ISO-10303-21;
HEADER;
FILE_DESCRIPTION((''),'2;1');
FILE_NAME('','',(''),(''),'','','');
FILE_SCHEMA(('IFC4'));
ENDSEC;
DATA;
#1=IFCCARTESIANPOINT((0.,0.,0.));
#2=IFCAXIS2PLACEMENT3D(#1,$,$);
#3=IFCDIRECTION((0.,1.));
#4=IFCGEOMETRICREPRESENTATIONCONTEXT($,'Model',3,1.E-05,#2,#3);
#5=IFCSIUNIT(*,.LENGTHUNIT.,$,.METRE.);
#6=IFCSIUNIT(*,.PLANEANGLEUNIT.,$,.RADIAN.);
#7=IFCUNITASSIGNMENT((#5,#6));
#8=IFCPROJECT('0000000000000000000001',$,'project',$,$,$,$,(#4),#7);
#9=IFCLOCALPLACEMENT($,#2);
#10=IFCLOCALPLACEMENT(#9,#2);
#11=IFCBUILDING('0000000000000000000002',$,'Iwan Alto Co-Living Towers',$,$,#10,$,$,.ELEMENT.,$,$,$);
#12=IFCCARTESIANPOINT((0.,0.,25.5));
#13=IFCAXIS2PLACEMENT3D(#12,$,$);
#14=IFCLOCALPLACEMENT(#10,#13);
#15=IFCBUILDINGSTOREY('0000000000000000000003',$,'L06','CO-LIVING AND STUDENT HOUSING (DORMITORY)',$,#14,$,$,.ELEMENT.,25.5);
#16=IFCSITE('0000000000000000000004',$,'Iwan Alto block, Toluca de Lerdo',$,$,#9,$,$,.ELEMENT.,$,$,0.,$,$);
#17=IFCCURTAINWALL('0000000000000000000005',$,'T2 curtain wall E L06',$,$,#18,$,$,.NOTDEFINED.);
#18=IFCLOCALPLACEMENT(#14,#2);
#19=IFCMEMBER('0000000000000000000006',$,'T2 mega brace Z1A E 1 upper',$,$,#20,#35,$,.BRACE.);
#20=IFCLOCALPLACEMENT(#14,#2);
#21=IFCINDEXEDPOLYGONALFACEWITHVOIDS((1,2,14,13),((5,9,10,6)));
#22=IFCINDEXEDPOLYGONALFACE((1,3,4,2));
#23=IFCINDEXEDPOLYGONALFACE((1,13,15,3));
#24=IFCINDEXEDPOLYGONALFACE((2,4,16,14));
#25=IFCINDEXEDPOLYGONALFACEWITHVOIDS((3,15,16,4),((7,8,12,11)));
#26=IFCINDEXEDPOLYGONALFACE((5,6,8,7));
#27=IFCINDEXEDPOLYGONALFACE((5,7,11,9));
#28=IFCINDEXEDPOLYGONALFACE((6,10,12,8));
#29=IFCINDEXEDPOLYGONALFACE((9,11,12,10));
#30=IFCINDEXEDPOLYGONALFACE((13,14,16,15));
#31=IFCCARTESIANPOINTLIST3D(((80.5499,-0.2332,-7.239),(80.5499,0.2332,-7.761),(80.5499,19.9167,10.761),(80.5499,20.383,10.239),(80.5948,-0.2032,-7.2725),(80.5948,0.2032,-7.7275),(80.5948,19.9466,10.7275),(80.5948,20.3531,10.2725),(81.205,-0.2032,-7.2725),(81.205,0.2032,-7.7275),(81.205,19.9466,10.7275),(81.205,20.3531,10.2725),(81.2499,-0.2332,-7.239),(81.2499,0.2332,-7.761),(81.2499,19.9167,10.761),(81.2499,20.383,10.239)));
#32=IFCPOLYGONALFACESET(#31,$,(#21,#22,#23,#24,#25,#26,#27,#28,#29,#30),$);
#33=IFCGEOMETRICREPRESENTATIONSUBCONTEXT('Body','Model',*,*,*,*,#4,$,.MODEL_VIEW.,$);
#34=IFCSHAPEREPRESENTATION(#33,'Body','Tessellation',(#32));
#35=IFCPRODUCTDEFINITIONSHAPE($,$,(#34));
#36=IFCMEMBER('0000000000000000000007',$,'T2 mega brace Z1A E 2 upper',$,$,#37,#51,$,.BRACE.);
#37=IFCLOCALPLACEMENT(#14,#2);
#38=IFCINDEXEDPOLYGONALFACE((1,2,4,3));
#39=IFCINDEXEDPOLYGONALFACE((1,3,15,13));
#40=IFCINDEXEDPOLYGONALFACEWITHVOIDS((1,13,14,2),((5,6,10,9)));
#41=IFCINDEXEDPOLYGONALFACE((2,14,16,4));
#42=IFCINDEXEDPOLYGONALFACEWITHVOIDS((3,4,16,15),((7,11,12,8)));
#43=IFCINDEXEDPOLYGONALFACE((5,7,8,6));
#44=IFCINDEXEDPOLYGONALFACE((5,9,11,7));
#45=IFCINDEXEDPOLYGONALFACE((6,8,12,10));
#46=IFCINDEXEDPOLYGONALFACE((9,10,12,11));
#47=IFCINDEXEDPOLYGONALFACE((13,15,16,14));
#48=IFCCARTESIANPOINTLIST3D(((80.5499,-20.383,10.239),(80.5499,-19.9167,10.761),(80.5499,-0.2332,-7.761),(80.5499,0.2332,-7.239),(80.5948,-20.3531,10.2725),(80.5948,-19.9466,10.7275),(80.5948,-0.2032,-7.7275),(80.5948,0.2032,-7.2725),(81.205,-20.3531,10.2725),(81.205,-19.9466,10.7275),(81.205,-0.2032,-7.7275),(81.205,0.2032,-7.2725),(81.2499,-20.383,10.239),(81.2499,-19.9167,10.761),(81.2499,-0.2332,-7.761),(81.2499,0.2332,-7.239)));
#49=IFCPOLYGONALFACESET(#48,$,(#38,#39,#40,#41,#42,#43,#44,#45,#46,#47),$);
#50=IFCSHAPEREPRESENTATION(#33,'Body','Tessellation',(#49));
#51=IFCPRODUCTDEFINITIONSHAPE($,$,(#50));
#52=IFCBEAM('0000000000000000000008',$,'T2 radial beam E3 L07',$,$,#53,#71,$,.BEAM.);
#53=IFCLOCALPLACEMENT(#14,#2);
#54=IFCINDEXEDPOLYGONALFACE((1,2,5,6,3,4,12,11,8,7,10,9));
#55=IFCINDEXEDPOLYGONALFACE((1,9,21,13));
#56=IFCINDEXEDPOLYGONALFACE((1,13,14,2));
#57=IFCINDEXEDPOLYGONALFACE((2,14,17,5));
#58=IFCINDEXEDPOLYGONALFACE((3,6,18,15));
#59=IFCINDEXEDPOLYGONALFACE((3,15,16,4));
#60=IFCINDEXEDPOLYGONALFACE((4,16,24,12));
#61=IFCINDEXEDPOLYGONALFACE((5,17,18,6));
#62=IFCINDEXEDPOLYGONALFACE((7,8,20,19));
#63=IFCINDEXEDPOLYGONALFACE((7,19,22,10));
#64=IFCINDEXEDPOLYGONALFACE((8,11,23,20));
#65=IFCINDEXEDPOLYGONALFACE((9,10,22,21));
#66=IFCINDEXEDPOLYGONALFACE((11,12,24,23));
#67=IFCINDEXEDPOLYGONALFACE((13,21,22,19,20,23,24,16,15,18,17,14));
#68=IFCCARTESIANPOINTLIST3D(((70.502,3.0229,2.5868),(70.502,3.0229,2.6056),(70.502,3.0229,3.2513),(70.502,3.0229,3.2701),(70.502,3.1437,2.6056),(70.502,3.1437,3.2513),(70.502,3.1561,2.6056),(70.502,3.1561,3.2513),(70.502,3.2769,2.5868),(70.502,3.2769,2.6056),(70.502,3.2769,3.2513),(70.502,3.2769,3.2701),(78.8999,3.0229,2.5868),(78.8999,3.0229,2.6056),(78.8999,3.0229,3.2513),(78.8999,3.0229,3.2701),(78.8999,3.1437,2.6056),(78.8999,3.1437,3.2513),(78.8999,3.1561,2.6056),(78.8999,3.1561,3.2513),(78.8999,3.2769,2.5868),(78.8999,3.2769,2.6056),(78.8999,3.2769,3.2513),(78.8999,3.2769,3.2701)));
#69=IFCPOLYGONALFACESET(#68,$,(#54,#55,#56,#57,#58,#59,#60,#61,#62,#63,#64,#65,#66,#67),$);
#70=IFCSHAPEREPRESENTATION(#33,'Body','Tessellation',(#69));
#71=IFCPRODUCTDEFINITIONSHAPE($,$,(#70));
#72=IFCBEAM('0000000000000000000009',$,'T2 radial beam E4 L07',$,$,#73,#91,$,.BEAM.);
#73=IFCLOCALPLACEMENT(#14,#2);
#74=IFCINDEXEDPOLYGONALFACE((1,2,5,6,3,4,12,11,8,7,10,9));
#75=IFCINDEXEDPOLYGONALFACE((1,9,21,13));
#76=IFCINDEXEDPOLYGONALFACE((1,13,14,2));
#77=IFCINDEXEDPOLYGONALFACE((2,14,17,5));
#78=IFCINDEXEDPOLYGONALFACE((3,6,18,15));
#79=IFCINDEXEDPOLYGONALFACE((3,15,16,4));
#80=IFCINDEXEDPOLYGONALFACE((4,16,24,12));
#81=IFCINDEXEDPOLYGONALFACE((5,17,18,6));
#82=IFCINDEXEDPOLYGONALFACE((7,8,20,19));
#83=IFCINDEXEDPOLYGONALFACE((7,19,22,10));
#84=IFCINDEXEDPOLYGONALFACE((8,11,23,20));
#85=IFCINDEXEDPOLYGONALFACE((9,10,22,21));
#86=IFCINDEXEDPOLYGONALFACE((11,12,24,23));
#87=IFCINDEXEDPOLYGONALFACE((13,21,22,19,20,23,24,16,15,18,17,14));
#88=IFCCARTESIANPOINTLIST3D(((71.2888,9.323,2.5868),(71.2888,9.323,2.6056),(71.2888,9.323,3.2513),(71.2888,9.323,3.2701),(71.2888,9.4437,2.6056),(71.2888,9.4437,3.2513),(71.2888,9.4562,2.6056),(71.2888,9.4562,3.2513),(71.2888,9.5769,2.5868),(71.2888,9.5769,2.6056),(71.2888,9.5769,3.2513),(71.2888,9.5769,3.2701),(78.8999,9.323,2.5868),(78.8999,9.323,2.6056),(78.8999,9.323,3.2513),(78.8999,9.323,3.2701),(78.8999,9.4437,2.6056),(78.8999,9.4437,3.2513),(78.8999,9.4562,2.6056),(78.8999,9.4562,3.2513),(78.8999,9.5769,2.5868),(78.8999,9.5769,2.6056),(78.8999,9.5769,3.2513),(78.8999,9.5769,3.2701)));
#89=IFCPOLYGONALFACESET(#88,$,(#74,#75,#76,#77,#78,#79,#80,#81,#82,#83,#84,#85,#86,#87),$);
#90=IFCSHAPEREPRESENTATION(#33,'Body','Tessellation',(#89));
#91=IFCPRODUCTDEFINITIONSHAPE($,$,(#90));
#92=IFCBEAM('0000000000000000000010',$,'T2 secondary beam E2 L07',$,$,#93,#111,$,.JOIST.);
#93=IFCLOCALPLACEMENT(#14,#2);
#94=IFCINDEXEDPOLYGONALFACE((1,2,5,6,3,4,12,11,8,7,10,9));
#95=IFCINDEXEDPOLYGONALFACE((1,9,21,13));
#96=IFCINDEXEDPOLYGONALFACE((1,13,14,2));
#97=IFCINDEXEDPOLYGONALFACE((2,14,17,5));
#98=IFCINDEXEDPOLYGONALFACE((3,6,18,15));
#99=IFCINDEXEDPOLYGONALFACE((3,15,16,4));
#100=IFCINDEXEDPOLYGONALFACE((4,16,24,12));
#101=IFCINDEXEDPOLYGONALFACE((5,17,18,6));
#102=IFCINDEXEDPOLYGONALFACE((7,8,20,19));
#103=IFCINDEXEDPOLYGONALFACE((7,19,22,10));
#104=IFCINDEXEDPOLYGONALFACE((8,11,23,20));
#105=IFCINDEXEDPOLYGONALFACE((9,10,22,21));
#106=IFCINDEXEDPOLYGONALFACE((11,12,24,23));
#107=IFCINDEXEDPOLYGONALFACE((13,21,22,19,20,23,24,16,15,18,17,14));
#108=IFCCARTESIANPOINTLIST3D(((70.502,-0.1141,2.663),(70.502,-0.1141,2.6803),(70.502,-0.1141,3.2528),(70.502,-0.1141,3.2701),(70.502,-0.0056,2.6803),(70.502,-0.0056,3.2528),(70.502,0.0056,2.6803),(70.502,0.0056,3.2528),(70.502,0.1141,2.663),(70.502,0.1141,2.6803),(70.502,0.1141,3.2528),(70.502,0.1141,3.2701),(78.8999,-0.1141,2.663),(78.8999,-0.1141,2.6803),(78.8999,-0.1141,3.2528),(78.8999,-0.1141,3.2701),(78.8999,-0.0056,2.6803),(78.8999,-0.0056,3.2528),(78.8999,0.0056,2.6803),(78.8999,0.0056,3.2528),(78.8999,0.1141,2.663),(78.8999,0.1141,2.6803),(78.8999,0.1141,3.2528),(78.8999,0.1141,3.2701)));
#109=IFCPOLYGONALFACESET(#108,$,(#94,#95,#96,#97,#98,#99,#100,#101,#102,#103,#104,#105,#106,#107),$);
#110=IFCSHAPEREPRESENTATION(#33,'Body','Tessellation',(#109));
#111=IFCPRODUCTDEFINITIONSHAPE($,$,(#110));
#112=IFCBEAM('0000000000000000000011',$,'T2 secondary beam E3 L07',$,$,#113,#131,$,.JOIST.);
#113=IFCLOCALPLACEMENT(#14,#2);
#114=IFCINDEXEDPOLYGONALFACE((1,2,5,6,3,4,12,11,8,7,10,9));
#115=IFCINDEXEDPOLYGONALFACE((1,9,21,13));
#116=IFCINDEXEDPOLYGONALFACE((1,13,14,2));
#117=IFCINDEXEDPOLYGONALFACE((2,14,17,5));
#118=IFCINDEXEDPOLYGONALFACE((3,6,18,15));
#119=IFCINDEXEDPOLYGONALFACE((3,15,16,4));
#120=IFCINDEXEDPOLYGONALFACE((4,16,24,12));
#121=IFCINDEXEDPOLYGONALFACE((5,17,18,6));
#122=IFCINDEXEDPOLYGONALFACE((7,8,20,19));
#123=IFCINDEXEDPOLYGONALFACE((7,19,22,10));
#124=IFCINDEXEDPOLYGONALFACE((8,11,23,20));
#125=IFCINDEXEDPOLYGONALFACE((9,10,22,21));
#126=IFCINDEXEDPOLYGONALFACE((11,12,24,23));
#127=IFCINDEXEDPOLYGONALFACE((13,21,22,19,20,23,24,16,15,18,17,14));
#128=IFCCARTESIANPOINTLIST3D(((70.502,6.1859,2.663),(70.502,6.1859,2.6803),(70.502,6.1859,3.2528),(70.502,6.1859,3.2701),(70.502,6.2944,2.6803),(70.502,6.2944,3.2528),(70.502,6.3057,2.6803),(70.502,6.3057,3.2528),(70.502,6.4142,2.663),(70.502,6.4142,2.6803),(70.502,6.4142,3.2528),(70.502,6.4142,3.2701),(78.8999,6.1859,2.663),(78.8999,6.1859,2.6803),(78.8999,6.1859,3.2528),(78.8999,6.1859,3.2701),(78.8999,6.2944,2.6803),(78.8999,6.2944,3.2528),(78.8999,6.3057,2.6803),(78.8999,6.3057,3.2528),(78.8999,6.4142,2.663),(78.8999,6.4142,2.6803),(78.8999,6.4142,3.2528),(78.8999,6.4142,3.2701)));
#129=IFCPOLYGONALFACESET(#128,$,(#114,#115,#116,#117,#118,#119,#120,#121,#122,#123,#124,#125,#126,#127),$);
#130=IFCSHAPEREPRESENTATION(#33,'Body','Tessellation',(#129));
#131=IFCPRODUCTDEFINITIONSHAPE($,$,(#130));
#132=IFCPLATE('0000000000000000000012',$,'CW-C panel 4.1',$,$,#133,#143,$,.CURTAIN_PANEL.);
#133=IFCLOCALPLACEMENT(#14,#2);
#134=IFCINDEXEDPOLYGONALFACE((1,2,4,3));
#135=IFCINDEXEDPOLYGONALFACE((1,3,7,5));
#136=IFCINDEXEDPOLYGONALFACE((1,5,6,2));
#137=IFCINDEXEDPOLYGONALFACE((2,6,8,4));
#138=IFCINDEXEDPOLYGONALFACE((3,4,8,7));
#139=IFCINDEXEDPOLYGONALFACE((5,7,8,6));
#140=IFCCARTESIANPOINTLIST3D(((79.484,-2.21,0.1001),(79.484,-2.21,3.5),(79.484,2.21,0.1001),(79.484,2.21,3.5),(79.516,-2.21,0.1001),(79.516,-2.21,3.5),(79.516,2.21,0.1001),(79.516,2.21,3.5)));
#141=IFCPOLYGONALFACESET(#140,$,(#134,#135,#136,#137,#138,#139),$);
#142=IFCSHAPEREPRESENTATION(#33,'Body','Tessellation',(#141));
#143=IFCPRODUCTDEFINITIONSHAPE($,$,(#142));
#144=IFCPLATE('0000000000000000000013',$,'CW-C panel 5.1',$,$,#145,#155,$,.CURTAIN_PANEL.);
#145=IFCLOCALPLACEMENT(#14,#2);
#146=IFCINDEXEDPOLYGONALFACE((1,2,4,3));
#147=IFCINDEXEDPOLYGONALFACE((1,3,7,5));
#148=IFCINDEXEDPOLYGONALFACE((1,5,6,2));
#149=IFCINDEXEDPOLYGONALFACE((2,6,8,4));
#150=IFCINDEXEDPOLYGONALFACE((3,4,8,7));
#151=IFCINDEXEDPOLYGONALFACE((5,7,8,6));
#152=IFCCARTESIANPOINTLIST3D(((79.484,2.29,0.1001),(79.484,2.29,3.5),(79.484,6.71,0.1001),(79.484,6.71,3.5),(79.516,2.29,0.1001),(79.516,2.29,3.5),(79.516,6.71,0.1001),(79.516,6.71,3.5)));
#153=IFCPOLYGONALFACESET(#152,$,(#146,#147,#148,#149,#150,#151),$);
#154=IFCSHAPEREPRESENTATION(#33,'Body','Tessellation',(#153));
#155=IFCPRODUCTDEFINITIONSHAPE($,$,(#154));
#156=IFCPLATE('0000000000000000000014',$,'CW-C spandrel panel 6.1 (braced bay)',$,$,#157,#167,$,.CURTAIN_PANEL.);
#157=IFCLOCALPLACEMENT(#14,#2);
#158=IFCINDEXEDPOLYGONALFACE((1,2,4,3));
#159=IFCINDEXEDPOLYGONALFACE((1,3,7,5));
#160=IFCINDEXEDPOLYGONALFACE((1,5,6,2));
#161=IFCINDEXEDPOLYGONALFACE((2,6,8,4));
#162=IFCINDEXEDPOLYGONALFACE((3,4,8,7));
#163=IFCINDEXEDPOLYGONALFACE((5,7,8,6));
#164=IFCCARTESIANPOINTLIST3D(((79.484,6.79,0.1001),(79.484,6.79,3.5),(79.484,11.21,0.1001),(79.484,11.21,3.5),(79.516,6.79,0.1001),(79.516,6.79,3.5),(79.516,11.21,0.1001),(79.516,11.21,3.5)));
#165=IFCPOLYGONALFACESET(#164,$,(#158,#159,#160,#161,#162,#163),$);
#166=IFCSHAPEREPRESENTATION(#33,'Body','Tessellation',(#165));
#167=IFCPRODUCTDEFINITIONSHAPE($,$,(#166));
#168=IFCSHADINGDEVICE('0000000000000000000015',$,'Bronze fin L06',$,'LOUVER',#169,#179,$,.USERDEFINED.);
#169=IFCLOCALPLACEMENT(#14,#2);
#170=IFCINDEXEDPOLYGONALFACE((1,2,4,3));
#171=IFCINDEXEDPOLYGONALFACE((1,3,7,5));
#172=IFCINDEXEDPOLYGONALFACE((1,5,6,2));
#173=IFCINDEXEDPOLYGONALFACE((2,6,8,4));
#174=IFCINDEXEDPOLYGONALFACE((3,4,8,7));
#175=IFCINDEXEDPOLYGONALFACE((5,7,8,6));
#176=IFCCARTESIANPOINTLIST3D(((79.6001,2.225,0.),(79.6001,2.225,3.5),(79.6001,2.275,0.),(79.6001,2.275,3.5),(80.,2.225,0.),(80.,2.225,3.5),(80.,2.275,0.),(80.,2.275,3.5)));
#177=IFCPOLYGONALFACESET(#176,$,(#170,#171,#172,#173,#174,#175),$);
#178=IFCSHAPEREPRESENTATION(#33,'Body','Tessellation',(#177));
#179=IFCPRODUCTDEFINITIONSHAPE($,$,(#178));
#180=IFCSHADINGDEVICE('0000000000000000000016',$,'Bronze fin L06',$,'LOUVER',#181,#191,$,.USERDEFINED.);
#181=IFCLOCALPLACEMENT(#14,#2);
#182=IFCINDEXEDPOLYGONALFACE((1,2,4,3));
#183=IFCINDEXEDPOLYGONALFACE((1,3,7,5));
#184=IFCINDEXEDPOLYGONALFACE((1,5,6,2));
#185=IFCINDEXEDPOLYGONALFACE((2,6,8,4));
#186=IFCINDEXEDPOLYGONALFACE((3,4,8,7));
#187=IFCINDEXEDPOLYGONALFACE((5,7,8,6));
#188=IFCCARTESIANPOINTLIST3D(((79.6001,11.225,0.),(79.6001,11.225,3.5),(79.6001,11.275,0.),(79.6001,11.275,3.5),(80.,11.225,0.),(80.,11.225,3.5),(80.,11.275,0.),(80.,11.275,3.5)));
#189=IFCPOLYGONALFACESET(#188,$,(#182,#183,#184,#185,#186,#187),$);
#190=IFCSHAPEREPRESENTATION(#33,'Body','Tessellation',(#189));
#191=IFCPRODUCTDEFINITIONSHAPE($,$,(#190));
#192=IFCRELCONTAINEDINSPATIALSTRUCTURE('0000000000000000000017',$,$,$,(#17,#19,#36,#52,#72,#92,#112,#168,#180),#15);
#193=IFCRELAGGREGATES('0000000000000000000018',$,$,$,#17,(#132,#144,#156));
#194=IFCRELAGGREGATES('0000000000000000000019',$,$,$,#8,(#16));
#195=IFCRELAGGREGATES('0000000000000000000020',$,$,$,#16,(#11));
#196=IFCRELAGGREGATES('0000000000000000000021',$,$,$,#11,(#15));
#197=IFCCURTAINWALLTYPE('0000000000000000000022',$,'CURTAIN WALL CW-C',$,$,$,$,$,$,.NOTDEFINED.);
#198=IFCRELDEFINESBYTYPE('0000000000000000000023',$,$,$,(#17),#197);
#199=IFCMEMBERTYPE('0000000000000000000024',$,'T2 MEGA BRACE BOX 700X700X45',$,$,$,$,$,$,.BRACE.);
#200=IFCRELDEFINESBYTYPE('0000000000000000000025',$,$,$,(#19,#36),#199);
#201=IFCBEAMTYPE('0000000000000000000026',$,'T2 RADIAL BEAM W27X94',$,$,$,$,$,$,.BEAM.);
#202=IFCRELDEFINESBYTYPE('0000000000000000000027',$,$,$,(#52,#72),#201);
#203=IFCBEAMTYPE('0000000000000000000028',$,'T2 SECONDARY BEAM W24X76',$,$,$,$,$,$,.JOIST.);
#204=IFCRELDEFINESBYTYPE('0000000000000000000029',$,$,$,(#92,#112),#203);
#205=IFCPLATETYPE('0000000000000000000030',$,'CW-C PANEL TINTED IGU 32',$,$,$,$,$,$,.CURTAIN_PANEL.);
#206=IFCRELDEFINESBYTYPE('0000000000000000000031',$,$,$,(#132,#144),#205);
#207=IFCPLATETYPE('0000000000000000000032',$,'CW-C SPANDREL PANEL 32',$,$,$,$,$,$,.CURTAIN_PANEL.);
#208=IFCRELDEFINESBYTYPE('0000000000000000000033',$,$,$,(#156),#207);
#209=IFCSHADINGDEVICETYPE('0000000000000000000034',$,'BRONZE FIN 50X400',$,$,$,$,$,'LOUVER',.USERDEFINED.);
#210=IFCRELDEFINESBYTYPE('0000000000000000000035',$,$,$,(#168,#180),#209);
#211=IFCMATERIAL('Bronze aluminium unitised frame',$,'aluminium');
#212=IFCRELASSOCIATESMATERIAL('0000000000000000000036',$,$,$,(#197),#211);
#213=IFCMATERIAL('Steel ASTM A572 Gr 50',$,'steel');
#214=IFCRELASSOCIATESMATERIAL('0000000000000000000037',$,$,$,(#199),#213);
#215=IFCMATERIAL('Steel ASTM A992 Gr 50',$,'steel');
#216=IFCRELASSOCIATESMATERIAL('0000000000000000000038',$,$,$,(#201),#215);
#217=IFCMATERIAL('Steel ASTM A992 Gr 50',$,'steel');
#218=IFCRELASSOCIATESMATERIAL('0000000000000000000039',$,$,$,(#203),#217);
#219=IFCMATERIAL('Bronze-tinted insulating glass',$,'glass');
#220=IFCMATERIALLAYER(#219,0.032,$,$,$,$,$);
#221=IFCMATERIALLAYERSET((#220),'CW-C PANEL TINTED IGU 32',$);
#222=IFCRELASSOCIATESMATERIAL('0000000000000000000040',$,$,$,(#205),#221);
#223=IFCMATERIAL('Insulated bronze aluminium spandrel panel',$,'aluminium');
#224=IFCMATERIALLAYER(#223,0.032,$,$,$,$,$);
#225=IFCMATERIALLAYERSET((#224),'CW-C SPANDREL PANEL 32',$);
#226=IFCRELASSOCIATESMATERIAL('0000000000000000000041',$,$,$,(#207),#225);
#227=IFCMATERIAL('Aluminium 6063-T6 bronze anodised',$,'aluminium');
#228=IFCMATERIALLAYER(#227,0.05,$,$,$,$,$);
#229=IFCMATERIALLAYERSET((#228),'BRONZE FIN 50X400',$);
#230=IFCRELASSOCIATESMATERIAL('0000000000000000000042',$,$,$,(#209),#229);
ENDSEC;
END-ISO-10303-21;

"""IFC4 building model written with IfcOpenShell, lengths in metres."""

from ifc_helpers import new_model, si_unit, direction, frame, origin, origin_2d, place, context, subcontext, project, spatial, rectangle, hollow_rectangle, i_section, extrude, material, layer, layer_set, material_profile, profile_set, type_object, element, aggregate, save


model = new_model("IFC4")

# Units and contexts
model_context = context("Model", 3, precision=1e-05, world=origin(), true_north=direction((0.0, 1.0)))
body_context = subcontext(model_context, "Body", "Model", "MODEL_VIEW")
ifc_project = project(units=[si_unit("LENGTHUNIT", "METRE"), si_unit("PLANEANGLEUNIT", "RADIAN")], contexts=[model_context])

# Site, building, storey
site_placement = place(None, origin())
site = spatial("IfcSite", under=ifc_project, at=site_placement, Name="Iwan Alto block, Toluca de Lerdo", CompositionType="ELEMENT", RefElevation=0.0)
building_placement = place(site_placement, origin())
building = spatial("IfcBuilding", under=site, at=building_placement, Name="Iwan Alto Co-Living Towers", CompositionType="ELEMENT")
storey_placement = place(building_placement, frame((0.0, 0.0, 25.5)))
storey = spatial("IfcBuildingStorey", under=building, at=storey_placement, Name="L06", Description="CO-LIVING AND STUDENT HOUSING (DORMITORY)", CompositionType="ELEMENT", Elevation=25.5)

# Curtain wall
ifc_material_1 = material(Name="Bronze aluminium unitised frame", Category="aluminium")
curtain_wall_type = type_object("IfcCurtainWallType", Name="CURTAIN WALL CW-C", PredefinedType="NOTDEFINED", material=ifc_material_1)
curtain_wall_placement = place(storey_placement, origin())
curtain_wall = element("IfcCurtainWall", 1, at=curtain_wall_placement, inside=storey, type_object=curtain_wall_type, Name="T2 curtain wall E L06", PredefinedType="NOTDEFINED")

# Members
ifc_material_2 = material(Name="Steel ASTM A572 Gr 50", Category="steel")
ifc_material_profile_1 = material_profile(ifc_material_2, hollow_rectangle(XDim=0.7, YDim=0.7, WallThickness=0.0449, at=origin_2d()), Name="BOX 700X700X45")
ifc_profile_set_1 = profile_set([ifc_material_profile_1], Name="Steel ASTM A572 Gr 50")
member_type_1 = type_object("IfcMemberType", Name="T2 MEGA BRACE BOX 700X700X45", PredefinedType="BRACE", material=ifc_profile_set_1)
for number, where, z_axis, x_axis, name in (
    (2, (80.8999, 0.0, -7.5), (0.0, 0.745772, 0.666201), (-1.0, 0.0, 0.0), "T2 mega brace Z1A E 1 upper"),
    (3, (80.8999, 0.0, -7.5), (0.0, -0.745772, 0.666201), (1.0, 0.0, 0.0), "T2 mega brace Z1A E 2 upper"),
):
    element("IfcMember", number, at=place(storey_placement, frame(where, z_axis=z_axis, x_axis=x_axis)), inside=storey, type_object=member_type_1, Name=name, PredefinedType="BRACE", context=body_context, shape_type="SweptSolid", body=[
        extrude(hollow_rectangle(XDim=0.7, YDim=0.7, WallThickness=0.0449, at=origin_2d()), origin(), (0.0, 0.0, 1.0), 27.0188),
    ])

# Beams
ifc_material_3 = material(Name="Steel ASTM A992 Gr 50", Category="steel")
ifc_material_profile_2 = material_profile(ifc_material_3, i_section(OverallWidth=0.2539, OverallDepth=0.6833, WebThickness=0.0125, FlangeThickness=0.0188, at=origin_2d()), Name="W27X94")
ifc_profile_set_2 = profile_set([ifc_material_profile_2], Name="Steel ASTM A992 Gr 50")
beam_type_1 = type_object("IfcBeamType", Name="T2 RADIAL BEAM W27X94", PredefinedType="BEAM", material=ifc_profile_set_2)
beam_1_placement = place(storey_placement, frame((78.8999, 3.1499, 2.9285), z_axis=(-1.0, 0.0, 0.0), x_axis=(0.0, -1.0, 0.0)))
element("IfcBeam", 4, at=beam_1_placement, inside=storey, type_object=beam_type_1, Name="T2 radial beam E3 L07", PredefinedType="BEAM", context=body_context, shape_type="SweptSolid", body=[
    extrude(i_section(OverallWidth=0.2539, OverallDepth=0.6833, WebThickness=0.0125, FlangeThickness=0.0188, at=origin_2d()), origin(), (0.0, 0.0, 1.0), 8.3979),
])
beam_2_placement = place(storey_placement, frame((78.8999, 9.45, 2.9285), z_axis=(-1.0, 0.0, 0.0), x_axis=(0.0, -1.0, 0.0)))
element("IfcBeam", 5, at=beam_2_placement, inside=storey, type_object=beam_type_1, Name="T2 radial beam E4 L07", PredefinedType="BEAM", context=body_context, shape_type="SweptSolid", body=[
    extrude(i_section(OverallWidth=0.2539, OverallDepth=0.6833, WebThickness=0.0125, FlangeThickness=0.0188, at=origin_2d()), origin(), (0.0, 0.0, 1.0), 7.6111),
])
ifc_material_4 = material(Name="Steel ASTM A992 Gr 50", Category="steel")
ifc_material_profile_3 = material_profile(ifc_material_4, i_section(OverallWidth=0.2283, OverallDepth=0.6072, WebThickness=0.0112, FlangeThickness=0.0173, at=origin_2d()), Name="W24X76")
ifc_profile_set_3 = profile_set([ifc_material_profile_3], Name="Steel ASTM A992 Gr 50")
beam_type_2 = type_object("IfcBeamType", Name="T2 SECONDARY BEAM W24X76", PredefinedType="JOIST", material=ifc_profile_set_3)
for number, where, z_axis, x_axis, name in (
    (6, (78.8999, 0.0, 2.9666), (-1.0, 0.0, 0.0), (0.0, -1.0, 0.0), "T2 secondary beam E2 L07"),
    (7, (78.8999, 6.3, 2.9666), (-1.0, 0.0, 0.0), (0.0, -1.0, 0.0), "T2 secondary beam E3 L07"),
):
    element("IfcBeam", number, at=place(storey_placement, frame(where, z_axis=z_axis, x_axis=x_axis)), inside=storey, type_object=beam_type_2, Name=name, PredefinedType="JOIST", context=body_context, shape_type="SweptSolid", body=[
        extrude(i_section(OverallWidth=0.2283, OverallDepth=0.6072, WebThickness=0.0112, FlangeThickness=0.0173, at=origin_2d()), origin(), (0.0, 0.0, 1.0), 8.3979),
    ])

# Plates
ifc_material_5 = material(Name="Bronze-tinted insulating glass", Category="glass")
ifc_layer_1 = layer(ifc_material_5, 0.032)
ifc_layer_set_1 = layer_set([ifc_layer_1], Name="CW-C PANEL TINTED IGU 32")
plate_type_1 = type_object("IfcPlateType", Name="CW-C PANEL TINTED IGU 32", PredefinedType="CURTAIN_PANEL", material=ifc_layer_set_1)
plate_1_placement = place(storey_placement, frame((79.5, 0.0, 0.1001), z_axis=(0.0, 0.0, 1.0), x_axis=(0.0, 1.0, 0.0)))
plate_1 = element("IfcPlate", 8, at=plate_1_placement, type_object=plate_type_1, Name="CW-C panel 4.1", PredefinedType="CURTAIN_PANEL", context=body_context, shape_type="SweptSolid", body=[
    extrude(rectangle(XDim=4.4199, YDim=0.032, at=origin_2d()), origin(), (0.0, 0.0, 1.0), 3.3999),
])
plate_2_placement = place(storey_placement, frame((79.5, 4.5, 0.1001), z_axis=(0.0, 0.0, 1.0), x_axis=(0.0, 1.0, 0.0)))
plate_2 = element("IfcPlate", 9, at=plate_2_placement, type_object=plate_type_1, Name="CW-C panel 5.1", PredefinedType="CURTAIN_PANEL", context=body_context, shape_type="SweptSolid", body=[
    extrude(rectangle(XDim=4.4199, YDim=0.032, at=origin_2d()), origin(), (0.0, 0.0, 1.0), 3.3999),
])
ifc_material_6 = material(Name="Insulated bronze aluminium spandrel panel", Category="aluminium")
ifc_layer_2 = layer(ifc_material_6, 0.032)
ifc_layer_set_2 = layer_set([ifc_layer_2], Name="CW-C SPANDREL PANEL 32")
plate_type_2 = type_object("IfcPlateType", Name="CW-C SPANDREL PANEL 32", PredefinedType="CURTAIN_PANEL", material=ifc_layer_set_2)
plate_3_placement = place(storey_placement, frame((79.5, 9.0, 0.1001), z_axis=(0.0, 0.0, 1.0), x_axis=(0.0, 1.0, 0.0)))
plate_3 = element("IfcPlate", 10, at=plate_3_placement, type_object=plate_type_2, Name="CW-C spandrel panel 6.1 (braced bay)", PredefinedType="CURTAIN_PANEL", context=body_context, shape_type="SweptSolid", body=[
    extrude(rectangle(XDim=4.4199, YDim=0.032, at=origin_2d()), origin(), (0.0, 0.0, 1.0), 3.3999),
])
aggregate(curtain_wall, [plate_1, plate_2, plate_3])

# Shading devices
ifc_material_7 = material(Name="Aluminium 6063-T6 bronze anodised", Category="aluminium")
ifc_layer_3 = layer(ifc_material_7, 0.05)
ifc_layer_set_3 = layer_set([ifc_layer_3], Name="BRONZE FIN 50X400")
shading_device_type = type_object("IfcShadingDeviceType", Name="BRONZE FIN 50X400", ElementType="LOUVER", PredefinedType="USERDEFINED", material=ifc_layer_set_3)
for number, where, z_axis, x_axis, name in (
    (11, (79.8, 2.25, 0.0), (0.0, 0.0, 1.0), (0.0, 1.0, 0.0), "Bronze fin L06"),
    (12, (79.8, 11.25, 0.0), (0.0, 0.0, 1.0), (0.0, 1.0, 0.0), "Bronze fin L06"),
):
    element("IfcShadingDevice", number, at=place(storey_placement, frame(where, z_axis=z_axis, x_axis=x_axis)), inside=storey, type_object=shading_device_type, Name=name, ObjectType="LOUVER", PredefinedType="USERDEFINED", context=body_context, shape_type="SweptSolid", body=[
        extrude(rectangle(XDim=0.05, YDim=0.3999, at=origin_2d()), origin(), (0.0, 0.0, 1.0), 3.5),
    ])

save(model, "model.ifc")
